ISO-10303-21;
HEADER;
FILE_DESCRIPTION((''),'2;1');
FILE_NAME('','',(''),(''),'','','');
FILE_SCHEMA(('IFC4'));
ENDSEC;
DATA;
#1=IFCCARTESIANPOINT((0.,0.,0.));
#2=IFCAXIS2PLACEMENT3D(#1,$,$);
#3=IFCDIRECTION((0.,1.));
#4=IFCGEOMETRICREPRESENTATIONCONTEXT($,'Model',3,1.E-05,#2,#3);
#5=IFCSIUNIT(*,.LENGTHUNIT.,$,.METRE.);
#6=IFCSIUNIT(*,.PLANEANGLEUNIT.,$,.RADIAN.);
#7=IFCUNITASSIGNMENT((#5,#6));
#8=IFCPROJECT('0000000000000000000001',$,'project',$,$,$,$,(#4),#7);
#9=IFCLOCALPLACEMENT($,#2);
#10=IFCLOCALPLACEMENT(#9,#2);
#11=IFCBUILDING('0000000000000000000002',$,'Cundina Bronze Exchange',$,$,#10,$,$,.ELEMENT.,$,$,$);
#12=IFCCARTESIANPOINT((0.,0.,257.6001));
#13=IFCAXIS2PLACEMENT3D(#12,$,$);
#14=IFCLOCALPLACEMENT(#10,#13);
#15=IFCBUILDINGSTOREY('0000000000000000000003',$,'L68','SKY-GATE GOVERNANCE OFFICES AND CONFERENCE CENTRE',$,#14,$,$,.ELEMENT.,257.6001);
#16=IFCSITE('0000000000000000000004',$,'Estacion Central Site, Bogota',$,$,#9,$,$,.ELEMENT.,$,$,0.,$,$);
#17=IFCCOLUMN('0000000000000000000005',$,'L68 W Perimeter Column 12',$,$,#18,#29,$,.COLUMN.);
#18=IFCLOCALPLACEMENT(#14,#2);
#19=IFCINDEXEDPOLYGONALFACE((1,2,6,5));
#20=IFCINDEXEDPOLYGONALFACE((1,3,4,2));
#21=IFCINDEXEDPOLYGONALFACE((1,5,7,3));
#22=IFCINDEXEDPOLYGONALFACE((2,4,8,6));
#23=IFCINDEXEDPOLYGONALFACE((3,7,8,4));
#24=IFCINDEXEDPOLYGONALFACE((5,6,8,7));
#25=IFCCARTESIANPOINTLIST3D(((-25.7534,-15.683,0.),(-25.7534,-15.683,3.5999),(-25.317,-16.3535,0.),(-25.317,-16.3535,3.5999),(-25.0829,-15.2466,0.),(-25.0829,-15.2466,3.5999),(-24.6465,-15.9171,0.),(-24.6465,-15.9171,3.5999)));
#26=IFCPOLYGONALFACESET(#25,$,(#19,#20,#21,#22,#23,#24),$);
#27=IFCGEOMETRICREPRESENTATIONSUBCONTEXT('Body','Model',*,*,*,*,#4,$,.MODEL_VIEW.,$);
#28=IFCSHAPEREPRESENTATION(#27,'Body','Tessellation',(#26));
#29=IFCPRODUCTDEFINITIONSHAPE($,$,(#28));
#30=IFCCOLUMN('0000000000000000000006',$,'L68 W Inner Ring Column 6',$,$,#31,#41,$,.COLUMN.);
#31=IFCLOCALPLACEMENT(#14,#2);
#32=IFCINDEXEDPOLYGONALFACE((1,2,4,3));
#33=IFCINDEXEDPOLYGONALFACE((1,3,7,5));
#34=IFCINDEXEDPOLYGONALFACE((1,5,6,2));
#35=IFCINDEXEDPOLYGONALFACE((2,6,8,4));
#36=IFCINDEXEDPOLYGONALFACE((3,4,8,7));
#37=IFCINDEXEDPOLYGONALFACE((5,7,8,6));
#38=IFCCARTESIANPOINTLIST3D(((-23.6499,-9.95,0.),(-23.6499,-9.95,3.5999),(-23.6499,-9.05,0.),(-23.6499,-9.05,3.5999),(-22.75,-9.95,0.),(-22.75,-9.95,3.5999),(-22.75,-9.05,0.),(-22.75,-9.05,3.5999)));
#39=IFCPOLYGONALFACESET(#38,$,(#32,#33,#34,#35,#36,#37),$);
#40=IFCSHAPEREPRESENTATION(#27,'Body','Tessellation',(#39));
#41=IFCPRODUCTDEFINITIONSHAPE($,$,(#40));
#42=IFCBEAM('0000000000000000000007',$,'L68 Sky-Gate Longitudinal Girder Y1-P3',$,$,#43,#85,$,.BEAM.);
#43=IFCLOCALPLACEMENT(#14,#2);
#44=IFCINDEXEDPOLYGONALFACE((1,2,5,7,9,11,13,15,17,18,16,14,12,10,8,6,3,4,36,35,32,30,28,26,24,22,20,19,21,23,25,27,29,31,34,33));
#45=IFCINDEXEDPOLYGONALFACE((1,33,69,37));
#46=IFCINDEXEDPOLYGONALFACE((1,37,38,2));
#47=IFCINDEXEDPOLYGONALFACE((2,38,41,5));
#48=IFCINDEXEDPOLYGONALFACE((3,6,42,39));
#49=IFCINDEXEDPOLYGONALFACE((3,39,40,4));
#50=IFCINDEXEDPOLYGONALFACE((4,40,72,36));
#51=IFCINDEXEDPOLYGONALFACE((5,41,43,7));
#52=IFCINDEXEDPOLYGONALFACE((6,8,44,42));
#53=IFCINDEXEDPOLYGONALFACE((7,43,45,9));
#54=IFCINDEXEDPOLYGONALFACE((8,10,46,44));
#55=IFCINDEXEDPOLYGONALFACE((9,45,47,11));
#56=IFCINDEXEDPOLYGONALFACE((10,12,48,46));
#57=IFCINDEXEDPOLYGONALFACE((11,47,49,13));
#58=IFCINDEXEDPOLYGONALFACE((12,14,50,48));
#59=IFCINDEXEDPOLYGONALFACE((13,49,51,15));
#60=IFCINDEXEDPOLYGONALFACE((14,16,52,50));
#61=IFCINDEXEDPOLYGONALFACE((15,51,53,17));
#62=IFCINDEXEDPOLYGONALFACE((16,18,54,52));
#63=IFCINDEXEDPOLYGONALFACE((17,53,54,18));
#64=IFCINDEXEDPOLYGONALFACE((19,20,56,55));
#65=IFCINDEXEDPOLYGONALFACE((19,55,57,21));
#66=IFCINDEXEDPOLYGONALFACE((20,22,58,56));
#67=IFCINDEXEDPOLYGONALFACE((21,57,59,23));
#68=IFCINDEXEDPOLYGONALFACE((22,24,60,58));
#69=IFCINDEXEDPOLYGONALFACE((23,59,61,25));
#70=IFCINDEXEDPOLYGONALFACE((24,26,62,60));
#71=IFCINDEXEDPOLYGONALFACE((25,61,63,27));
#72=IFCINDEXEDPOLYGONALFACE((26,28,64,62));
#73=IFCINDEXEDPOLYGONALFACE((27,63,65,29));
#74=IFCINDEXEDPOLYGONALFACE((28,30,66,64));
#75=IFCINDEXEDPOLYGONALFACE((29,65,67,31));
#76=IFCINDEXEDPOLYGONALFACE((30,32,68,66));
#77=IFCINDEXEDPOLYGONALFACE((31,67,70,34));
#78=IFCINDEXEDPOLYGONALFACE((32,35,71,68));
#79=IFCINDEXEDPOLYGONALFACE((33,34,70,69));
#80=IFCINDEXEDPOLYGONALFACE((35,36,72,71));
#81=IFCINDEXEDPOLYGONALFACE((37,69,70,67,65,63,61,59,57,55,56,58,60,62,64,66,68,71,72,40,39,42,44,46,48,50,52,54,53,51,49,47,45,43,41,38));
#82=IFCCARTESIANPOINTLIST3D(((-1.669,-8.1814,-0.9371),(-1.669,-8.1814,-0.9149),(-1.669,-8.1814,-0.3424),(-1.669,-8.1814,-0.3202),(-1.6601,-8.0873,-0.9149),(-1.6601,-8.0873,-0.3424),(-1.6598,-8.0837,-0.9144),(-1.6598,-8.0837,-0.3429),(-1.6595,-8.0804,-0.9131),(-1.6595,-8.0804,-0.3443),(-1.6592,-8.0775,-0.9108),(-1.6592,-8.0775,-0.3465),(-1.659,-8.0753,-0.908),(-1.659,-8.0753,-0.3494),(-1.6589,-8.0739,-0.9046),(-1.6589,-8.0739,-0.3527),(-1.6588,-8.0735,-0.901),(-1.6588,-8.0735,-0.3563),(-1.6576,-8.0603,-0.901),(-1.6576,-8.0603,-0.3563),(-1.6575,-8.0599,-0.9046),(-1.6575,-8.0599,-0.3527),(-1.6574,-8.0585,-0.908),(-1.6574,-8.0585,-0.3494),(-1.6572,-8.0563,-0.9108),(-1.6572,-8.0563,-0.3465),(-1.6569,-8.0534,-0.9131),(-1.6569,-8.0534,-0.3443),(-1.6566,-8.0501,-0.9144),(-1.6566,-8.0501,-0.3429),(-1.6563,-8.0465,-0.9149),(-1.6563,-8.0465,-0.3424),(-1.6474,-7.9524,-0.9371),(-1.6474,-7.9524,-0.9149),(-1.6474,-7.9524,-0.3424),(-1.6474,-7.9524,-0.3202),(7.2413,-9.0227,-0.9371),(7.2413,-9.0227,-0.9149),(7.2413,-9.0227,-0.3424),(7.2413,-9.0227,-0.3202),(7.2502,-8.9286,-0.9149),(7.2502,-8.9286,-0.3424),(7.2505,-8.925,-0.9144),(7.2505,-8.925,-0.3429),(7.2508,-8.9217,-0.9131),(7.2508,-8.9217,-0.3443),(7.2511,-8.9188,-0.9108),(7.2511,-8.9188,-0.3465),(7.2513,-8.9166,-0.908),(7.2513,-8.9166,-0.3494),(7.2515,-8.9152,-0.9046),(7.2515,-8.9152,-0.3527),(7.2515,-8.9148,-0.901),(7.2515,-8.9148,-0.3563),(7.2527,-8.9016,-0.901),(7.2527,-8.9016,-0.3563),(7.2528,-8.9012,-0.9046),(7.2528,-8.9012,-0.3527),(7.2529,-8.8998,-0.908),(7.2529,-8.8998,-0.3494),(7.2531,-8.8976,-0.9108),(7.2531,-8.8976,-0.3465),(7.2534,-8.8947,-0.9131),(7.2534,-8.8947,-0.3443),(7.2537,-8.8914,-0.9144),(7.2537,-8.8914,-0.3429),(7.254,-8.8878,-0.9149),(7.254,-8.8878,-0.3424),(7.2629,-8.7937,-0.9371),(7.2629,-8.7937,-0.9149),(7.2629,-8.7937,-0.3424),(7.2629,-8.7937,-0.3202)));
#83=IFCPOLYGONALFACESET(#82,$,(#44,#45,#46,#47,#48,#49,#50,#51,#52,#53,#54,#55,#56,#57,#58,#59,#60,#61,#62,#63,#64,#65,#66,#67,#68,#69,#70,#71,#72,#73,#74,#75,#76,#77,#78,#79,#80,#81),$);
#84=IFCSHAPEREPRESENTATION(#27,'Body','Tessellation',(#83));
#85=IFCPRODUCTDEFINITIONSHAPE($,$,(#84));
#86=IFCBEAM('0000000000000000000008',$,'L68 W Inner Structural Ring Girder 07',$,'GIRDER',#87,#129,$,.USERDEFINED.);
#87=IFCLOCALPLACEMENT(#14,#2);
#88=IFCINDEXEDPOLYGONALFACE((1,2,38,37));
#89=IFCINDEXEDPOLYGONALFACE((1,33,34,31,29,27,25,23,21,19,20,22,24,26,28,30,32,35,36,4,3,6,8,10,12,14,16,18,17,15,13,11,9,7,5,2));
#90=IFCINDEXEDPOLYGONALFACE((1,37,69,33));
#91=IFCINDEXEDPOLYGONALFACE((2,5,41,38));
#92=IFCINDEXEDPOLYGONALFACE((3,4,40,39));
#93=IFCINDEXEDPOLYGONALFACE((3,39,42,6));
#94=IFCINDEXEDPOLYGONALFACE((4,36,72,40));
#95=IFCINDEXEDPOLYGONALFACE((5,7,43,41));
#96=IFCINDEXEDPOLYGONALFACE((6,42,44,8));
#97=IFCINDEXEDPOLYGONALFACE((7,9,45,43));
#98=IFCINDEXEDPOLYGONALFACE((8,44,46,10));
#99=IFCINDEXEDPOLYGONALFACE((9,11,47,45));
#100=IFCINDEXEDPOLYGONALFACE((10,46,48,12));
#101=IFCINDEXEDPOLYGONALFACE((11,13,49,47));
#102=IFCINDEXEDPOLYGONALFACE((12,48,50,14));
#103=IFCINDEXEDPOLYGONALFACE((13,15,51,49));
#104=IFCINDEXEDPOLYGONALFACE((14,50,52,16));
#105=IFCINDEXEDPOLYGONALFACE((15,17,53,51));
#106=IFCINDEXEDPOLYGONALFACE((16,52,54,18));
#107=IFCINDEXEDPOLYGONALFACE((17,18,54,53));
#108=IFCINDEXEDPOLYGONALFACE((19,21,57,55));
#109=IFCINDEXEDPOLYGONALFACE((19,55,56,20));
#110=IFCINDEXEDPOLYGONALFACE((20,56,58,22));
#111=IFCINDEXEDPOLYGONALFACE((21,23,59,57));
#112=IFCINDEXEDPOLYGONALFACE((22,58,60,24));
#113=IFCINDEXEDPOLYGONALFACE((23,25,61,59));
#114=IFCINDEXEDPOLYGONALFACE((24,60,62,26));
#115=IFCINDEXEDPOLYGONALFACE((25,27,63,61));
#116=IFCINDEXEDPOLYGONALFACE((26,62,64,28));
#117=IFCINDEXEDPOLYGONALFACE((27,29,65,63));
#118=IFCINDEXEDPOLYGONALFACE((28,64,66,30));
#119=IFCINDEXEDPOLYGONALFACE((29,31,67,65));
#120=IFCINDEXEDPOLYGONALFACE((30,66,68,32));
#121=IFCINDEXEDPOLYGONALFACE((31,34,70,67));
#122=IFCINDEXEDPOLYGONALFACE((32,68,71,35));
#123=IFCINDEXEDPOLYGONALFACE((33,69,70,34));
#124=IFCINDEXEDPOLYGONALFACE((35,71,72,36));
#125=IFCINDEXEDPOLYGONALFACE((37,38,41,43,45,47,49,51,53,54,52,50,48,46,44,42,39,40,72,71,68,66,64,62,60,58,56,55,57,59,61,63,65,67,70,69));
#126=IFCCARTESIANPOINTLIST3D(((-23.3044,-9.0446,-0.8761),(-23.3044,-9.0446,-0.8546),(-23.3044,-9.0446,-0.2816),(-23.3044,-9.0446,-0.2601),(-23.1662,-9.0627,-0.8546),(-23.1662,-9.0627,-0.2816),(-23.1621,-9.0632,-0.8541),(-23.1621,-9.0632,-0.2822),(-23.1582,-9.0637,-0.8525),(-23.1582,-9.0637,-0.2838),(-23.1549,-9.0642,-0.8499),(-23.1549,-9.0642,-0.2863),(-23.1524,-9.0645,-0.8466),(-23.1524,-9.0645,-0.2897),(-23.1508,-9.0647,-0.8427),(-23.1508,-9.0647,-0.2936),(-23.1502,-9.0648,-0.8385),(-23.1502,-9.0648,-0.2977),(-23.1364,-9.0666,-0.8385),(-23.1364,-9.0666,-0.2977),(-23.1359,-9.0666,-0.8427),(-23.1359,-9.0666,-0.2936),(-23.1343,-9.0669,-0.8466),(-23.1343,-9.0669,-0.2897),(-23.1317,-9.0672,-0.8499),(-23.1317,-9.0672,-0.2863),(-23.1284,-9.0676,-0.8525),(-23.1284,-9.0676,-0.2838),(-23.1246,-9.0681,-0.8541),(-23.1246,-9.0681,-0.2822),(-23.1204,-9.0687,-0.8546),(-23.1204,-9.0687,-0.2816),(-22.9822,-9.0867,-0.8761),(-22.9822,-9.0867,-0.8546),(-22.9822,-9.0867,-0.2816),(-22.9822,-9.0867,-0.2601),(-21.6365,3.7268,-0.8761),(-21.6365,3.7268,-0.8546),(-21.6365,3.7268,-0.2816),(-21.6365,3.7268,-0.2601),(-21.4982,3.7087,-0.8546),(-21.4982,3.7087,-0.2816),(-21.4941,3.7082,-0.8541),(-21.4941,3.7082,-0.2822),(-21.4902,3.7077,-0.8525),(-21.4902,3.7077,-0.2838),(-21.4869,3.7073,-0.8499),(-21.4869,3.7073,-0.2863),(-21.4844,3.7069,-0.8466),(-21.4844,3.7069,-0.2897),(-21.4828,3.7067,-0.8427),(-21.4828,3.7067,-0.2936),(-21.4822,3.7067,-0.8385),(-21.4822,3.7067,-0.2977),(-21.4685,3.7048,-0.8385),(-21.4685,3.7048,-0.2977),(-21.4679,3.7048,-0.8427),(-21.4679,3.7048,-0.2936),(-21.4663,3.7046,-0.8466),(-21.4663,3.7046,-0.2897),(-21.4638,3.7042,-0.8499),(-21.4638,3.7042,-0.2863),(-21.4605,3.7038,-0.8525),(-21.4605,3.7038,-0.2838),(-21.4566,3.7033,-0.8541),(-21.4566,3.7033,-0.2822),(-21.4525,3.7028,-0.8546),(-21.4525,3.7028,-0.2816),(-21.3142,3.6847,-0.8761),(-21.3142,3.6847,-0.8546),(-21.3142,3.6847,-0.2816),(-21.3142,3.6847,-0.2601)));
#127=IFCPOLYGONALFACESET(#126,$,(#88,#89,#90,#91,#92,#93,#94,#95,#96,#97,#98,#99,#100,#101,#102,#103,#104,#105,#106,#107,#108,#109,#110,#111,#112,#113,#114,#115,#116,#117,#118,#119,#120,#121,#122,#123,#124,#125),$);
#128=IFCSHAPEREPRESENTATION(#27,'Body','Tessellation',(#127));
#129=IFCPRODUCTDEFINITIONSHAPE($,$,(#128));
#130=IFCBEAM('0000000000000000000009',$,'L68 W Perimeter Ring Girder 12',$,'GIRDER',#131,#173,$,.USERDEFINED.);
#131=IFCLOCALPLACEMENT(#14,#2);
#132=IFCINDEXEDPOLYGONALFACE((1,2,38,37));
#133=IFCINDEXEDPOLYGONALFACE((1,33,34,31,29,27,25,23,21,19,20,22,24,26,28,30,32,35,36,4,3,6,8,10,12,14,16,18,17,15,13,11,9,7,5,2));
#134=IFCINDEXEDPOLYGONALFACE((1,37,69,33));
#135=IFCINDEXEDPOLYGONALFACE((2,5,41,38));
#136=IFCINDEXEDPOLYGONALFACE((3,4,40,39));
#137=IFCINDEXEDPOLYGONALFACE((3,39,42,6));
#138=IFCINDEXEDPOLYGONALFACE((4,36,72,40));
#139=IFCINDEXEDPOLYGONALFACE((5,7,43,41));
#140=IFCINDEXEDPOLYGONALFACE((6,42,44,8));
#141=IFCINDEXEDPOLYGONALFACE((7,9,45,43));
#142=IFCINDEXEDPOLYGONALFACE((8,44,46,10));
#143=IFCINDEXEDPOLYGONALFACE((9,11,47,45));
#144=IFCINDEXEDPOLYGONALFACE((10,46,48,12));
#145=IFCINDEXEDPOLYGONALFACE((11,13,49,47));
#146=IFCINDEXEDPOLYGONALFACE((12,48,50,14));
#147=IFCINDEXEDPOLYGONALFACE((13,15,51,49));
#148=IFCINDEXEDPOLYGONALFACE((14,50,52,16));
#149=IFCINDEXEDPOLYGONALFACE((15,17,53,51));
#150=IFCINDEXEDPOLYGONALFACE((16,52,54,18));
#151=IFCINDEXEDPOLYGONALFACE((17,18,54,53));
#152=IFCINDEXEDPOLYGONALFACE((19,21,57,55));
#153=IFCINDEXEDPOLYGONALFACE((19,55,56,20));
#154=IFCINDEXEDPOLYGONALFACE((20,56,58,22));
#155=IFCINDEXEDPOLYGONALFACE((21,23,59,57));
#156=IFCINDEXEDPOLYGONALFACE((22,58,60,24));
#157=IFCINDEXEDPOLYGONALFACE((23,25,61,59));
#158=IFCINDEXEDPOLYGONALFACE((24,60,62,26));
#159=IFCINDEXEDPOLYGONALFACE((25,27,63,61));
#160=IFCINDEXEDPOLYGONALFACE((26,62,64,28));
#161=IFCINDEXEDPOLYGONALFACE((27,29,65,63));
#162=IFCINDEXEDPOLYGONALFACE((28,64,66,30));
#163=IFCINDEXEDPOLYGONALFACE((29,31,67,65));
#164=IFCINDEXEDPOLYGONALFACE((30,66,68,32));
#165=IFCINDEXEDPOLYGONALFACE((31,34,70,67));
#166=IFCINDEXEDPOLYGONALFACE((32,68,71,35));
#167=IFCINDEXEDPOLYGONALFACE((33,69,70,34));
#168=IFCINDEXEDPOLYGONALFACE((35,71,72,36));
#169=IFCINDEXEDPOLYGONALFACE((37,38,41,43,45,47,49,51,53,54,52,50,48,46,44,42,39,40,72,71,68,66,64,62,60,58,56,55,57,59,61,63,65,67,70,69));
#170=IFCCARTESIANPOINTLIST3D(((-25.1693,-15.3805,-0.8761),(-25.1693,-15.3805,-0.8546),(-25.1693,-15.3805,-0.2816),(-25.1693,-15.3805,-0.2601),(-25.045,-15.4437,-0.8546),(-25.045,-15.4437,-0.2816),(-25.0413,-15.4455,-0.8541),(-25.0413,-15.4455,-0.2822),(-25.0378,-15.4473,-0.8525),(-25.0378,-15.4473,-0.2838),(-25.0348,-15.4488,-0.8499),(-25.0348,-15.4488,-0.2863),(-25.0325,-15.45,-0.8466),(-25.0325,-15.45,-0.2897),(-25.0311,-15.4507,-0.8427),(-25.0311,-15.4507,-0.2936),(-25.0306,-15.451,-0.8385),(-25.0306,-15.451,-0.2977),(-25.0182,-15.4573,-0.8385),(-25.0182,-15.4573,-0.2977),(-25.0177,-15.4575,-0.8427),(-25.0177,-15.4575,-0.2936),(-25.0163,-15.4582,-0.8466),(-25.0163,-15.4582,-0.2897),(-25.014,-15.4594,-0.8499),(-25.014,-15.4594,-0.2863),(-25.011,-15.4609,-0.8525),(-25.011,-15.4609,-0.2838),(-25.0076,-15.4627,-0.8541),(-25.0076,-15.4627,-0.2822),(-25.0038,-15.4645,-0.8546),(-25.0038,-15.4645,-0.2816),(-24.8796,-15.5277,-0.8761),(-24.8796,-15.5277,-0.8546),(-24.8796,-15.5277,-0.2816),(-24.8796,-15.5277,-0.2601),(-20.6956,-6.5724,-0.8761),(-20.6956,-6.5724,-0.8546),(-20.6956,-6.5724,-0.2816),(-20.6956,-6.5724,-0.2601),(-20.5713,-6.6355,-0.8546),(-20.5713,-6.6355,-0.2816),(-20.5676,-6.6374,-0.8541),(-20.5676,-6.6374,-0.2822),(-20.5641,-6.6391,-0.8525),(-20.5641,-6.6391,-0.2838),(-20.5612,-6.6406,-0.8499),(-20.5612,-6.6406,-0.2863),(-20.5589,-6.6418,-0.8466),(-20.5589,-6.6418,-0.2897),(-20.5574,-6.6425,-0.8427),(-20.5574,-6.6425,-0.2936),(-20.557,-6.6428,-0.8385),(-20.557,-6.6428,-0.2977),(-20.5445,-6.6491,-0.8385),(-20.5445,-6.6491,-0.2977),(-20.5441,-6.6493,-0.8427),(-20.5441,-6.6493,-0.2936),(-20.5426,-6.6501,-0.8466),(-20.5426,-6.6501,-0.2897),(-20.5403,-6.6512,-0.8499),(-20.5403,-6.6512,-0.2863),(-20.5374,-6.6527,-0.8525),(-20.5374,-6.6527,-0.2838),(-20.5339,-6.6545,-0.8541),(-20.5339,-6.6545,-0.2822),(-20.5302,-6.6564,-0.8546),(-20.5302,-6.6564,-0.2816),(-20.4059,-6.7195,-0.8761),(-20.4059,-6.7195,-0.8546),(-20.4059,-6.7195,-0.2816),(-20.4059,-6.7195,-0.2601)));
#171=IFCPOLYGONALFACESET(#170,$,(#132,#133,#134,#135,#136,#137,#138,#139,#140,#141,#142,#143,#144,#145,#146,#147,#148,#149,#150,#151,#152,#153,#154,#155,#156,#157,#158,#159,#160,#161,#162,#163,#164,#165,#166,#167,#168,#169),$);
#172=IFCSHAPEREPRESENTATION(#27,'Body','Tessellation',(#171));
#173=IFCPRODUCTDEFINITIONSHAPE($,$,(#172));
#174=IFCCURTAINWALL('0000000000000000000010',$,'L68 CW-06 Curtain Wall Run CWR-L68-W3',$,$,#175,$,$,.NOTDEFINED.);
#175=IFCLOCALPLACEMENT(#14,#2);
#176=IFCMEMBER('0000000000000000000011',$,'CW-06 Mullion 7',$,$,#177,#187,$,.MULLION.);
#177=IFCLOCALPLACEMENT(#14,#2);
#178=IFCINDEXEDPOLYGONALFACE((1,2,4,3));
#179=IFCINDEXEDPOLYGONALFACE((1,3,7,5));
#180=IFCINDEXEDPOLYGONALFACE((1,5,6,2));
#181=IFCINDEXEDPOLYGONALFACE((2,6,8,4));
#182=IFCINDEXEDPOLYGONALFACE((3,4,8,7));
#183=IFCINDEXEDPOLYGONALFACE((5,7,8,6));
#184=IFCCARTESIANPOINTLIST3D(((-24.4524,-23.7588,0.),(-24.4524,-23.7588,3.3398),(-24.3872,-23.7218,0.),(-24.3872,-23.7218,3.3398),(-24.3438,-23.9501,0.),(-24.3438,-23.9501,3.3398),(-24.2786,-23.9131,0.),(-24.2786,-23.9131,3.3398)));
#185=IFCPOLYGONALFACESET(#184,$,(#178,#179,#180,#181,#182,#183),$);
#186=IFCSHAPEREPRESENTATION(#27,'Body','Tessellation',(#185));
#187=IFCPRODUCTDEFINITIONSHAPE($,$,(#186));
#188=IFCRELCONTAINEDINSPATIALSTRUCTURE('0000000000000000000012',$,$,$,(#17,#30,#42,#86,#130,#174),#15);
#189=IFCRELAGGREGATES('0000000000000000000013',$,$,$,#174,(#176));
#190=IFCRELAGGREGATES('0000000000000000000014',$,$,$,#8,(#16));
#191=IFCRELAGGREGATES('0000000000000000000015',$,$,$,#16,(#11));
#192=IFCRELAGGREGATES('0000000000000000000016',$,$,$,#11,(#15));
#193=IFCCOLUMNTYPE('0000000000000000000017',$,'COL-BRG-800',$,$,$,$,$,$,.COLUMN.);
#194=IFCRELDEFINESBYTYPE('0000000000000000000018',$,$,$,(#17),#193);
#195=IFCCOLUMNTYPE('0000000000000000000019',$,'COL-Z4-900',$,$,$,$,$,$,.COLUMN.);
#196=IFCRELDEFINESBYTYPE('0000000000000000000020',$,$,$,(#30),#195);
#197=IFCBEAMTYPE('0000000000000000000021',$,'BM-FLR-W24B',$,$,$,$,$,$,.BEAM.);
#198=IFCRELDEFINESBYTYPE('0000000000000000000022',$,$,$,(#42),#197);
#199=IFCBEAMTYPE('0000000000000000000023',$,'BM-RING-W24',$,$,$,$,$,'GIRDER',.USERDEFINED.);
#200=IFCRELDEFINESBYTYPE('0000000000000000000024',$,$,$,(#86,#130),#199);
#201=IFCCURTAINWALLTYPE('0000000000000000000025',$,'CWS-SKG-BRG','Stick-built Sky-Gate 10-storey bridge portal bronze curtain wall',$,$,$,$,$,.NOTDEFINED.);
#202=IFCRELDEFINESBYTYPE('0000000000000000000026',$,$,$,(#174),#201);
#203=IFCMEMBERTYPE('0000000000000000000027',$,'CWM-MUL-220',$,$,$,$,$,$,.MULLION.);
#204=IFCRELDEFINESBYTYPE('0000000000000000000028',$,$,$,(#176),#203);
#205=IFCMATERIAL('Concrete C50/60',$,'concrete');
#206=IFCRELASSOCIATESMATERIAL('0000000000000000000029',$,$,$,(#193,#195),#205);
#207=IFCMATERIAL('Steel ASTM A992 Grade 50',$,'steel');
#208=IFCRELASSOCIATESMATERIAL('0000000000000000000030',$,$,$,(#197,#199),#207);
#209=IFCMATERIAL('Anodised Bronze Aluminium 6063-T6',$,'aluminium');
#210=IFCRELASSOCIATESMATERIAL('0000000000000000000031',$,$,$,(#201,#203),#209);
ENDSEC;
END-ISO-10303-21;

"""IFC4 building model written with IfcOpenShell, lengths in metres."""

from ifc_helpers import new_model, si_unit, direction, frame, origin, origin_2d, place, context, subcontext, project, spatial, rectangle, i_section, extrude, material, material_profile, profile_set, type_object, element, aggregate, save


model = new_model("IFC4")

# Units and contexts
model_context = context("Model", 3, precision=1e-05, world=origin(), true_north=direction((0.0, 1.0)))
body_context = subcontext(model_context, "Body", "Model", "MODEL_VIEW")
ifc_project = project(units=[si_unit("LENGTHUNIT", "METRE"), si_unit("PLANEANGLEUNIT", "RADIAN")], contexts=[model_context])

# Site, building, storey
site_placement = place(None, origin())
site = spatial("IfcSite", under=ifc_project, at=site_placement, Name="Estacion Central Site, Bogota", CompositionType="ELEMENT", RefElevation=0.0)
building_placement = place(site_placement, origin())
building = spatial("IfcBuilding", under=site, at=building_placement, Name="Cundina Bronze Exchange", CompositionType="ELEMENT")
storey_placement = place(building_placement, frame((0.0, 0.0, 257.6001)))
storey = spatial("IfcBuildingStorey", under=building, at=storey_placement, Name="L68", Description="SKY-GATE GOVERNANCE OFFICES AND CONFERENCE CENTRE", CompositionType="ELEMENT", Elevation=257.6001)

# Columns
ifc_material_1 = material(Name="Concrete C50/60", Category="concrete")
ifc_material_profile_1 = material_profile(ifc_material_1, rectangle(XDim=0.8, YDim=0.8, at=origin_2d()), Name="RC800X800", Category="concrete")
ifc_profile_set_1 = profile_set([ifc_material_profile_1], Name="Concrete C50/60")
column_type_1 = type_object("IfcColumnType", Name="COL-BRG-800", PredefinedType="COLUMN", material=ifc_profile_set_1)
column_1_placement = place(storey_placement, frame((-25.2, -15.8, 0.0), z_axis=(0.0, 0.0, 1.0), x_axis=(0.8381, 0.545517, 0.0)))
element("IfcColumn", 1, at=column_1_placement, inside=storey, type_object=column_type_1, Name="L68 W Perimeter Column 12", PredefinedType="COLUMN", context=body_context, shape_type="SweptSolid", body=[
    extrude(rectangle(XDim=0.8, YDim=0.8, at=origin_2d()), origin(), (0.0, 0.0, 1.0), 3.5999),
])
ifc_material_profile_2 = material_profile(ifc_material_1, rectangle(XDim=0.8999, YDim=0.8999, at=origin_2d()), Name="RC900X900", Category="concrete")
ifc_profile_set_2 = profile_set([ifc_material_profile_2], Name="Concrete C50/60")
column_type_2 = type_object("IfcColumnType", Name="COL-Z4-900", PredefinedType="COLUMN", material=ifc_profile_set_2)
column_2_placement = place(storey_placement, frame((-23.2, -9.5, 0.0), z_axis=(0.0, 0.0, 1.0), x_axis=(1.0, 0.0, 0.0)))
element("IfcColumn", 2, at=column_2_placement, inside=storey, type_object=column_type_2, Name="L68 W Inner Ring Column 6", PredefinedType="COLUMN", context=body_context, shape_type="SweptSolid", body=[
    extrude(rectangle(XDim=0.8999, YDim=0.8999, at=origin_2d()), origin(), (0.0, 0.0, 1.0), 3.5999),
])

# Beams
ifc_material_2 = material(Name="Steel ASTM A992 Grade 50", Category="steel")
ifc_material_profile_3 = material_profile(ifc_material_2, i_section(OverallWidth=0.23, OverallDepth=0.6169, WebThickness=0.0132, FlangeThickness=0.0222, FilletRadius=0.0139, at=origin_2d()), Name="W24X94", Category="steel")
ifc_profile_set_3 = profile_set([ifc_material_profile_3], Name="Steel ASTM A992 Grade 50")
beam_type_1 = type_object("IfcBeamType", Name="BM-FLR-W24B", PredefinedType="BEAM", material=ifc_profile_set_3)
beam_1_placement = place(storey_placement, frame((-1.6582, -8.0669, -0.6287), z_axis=(0.995572, -0.094001, 0.0), x_axis=(0.094001, 0.995572, 0.0)))
element("IfcBeam", 3, at=beam_1_placement, inside=storey, type_object=beam_type_1, Name="L68 Sky-Gate Longitudinal Girder Y1-P3", PredefinedType="BEAM", context=body_context, shape_type="SweptSolid", body=[
    extrude(i_section(OverallWidth=0.23, OverallDepth=0.6169, WebThickness=0.0132, FlangeThickness=0.0222, FilletRadius=0.0139, at=origin_2d()), origin(), (0.0, 0.0, 1.0), 8.95),
])
ifc_material_profile_4 = material_profile(ifc_material_2, i_section(OverallWidth=0.325, OverallDepth=0.616, WebThickness=0.0139, FlangeThickness=0.0215, FilletRadius=0.0161, at=origin_2d()), Name="W24X117", Category="steel")
ifc_profile_set_4 = profile_set([ifc_material_profile_4], Name="Steel ASTM A992 Grade 50")
beam_type_2 = type_object("IfcBeamType", Name="BM-RING-W24", ElementType="GIRDER", PredefinedType="USERDEFINED", material=ifc_profile_set_4)
beam_2_placement = place(storey_placement, frame((-23.1433, -9.0657, -0.5681), z_axis=(0.129501, 0.991579, 0.0), x_axis=(-0.991579, 0.129501, 0.0)))
element("IfcBeam", 4, at=beam_2_placement, inside=storey, type_object=beam_type_2, Name="L68 W Inner Structural Ring Girder 07", ObjectType="GIRDER", PredefinedType="USERDEFINED", context=body_context, shape_type="SweptSolid", body=[
    extrude(i_section(OverallWidth=0.325, OverallDepth=0.616, WebThickness=0.0139, FlangeThickness=0.0215, FilletRadius=0.0161, at=origin_2d()), origin(), (0.0, 0.0, 1.0), 12.8799),
])
beam_3_placement = place(storey_placement, frame((-25.0244, -15.4541, -0.5681), z_axis=(0.452839, 0.891592, 0.0), x_axis=(-0.891592, 0.452839, 0.0)))
element("IfcBeam", 5, at=beam_3_placement, inside=storey, type_object=beam_type_2, Name="L68 W Perimeter Ring Girder 12", ObjectType="GIRDER", PredefinedType="USERDEFINED", context=body_context, shape_type="SweptSolid", body=[
    extrude(i_section(OverallWidth=0.325, OverallDepth=0.616, WebThickness=0.0139, FlangeThickness=0.0215, FilletRadius=0.0161, at=origin_2d()), origin(), (0.0, 0.0, 1.0), 9.8792),
])

# Curtain wall, member
ifc_material_3 = material(Name="Anodised Bronze Aluminium 6063-T6", Category="aluminium")
curtain_wall_type = type_object("IfcCurtainWallType", Name="CWS-SKG-BRG", Description="Stick-built Sky-Gate 10-storey bridge portal bronze curtain wall", PredefinedType="NOTDEFINED", material=ifc_material_3)
curtain_wall_1_placement = place(storey_placement, origin())
curtain_wall_1 = element("IfcCurtainWall", 6, at=curtain_wall_1_placement, inside=storey, type_object=curtain_wall_type, Name="L68 CW-06 Curtain Wall Run CWR-L68-W3", PredefinedType="NOTDEFINED")
ifc_material_profile_5 = material_profile(ifc_material_3, rectangle(XDim=0.075, YDim=0.22, at=origin_2d()), Name="AL75X220", Category="aluminium")
ifc_profile_set_5 = profile_set([ifc_material_profile_5], Name="Anodised Bronze Aluminium 6063-T6")
member_type_1 = type_object("IfcMemberType", Name="CWM-MUL-220", PredefinedType="MULLION", material=ifc_profile_set_5)
member_1_placement = place(storey_placement, frame((-24.3655, -23.8359, 0.0), z_axis=(0.0, 0.0, 1.0), x_axis=(0.869581, 0.49379, 0.0)))
member_1 = element("IfcMember", 7, at=member_1_placement, type_object=member_type_1, Name="CW-06 Mullion 7", PredefinedType="MULLION", context=body_context, shape_type="SweptSolid", body=[
    extrude(rectangle(XDim=0.075, YDim=0.22, at=origin_2d()), origin(), (0.0, 0.0, 1.0), 3.3398),
])

aggregate(curtain_wall_1, [member_1])

save(model, "model.ifc")
